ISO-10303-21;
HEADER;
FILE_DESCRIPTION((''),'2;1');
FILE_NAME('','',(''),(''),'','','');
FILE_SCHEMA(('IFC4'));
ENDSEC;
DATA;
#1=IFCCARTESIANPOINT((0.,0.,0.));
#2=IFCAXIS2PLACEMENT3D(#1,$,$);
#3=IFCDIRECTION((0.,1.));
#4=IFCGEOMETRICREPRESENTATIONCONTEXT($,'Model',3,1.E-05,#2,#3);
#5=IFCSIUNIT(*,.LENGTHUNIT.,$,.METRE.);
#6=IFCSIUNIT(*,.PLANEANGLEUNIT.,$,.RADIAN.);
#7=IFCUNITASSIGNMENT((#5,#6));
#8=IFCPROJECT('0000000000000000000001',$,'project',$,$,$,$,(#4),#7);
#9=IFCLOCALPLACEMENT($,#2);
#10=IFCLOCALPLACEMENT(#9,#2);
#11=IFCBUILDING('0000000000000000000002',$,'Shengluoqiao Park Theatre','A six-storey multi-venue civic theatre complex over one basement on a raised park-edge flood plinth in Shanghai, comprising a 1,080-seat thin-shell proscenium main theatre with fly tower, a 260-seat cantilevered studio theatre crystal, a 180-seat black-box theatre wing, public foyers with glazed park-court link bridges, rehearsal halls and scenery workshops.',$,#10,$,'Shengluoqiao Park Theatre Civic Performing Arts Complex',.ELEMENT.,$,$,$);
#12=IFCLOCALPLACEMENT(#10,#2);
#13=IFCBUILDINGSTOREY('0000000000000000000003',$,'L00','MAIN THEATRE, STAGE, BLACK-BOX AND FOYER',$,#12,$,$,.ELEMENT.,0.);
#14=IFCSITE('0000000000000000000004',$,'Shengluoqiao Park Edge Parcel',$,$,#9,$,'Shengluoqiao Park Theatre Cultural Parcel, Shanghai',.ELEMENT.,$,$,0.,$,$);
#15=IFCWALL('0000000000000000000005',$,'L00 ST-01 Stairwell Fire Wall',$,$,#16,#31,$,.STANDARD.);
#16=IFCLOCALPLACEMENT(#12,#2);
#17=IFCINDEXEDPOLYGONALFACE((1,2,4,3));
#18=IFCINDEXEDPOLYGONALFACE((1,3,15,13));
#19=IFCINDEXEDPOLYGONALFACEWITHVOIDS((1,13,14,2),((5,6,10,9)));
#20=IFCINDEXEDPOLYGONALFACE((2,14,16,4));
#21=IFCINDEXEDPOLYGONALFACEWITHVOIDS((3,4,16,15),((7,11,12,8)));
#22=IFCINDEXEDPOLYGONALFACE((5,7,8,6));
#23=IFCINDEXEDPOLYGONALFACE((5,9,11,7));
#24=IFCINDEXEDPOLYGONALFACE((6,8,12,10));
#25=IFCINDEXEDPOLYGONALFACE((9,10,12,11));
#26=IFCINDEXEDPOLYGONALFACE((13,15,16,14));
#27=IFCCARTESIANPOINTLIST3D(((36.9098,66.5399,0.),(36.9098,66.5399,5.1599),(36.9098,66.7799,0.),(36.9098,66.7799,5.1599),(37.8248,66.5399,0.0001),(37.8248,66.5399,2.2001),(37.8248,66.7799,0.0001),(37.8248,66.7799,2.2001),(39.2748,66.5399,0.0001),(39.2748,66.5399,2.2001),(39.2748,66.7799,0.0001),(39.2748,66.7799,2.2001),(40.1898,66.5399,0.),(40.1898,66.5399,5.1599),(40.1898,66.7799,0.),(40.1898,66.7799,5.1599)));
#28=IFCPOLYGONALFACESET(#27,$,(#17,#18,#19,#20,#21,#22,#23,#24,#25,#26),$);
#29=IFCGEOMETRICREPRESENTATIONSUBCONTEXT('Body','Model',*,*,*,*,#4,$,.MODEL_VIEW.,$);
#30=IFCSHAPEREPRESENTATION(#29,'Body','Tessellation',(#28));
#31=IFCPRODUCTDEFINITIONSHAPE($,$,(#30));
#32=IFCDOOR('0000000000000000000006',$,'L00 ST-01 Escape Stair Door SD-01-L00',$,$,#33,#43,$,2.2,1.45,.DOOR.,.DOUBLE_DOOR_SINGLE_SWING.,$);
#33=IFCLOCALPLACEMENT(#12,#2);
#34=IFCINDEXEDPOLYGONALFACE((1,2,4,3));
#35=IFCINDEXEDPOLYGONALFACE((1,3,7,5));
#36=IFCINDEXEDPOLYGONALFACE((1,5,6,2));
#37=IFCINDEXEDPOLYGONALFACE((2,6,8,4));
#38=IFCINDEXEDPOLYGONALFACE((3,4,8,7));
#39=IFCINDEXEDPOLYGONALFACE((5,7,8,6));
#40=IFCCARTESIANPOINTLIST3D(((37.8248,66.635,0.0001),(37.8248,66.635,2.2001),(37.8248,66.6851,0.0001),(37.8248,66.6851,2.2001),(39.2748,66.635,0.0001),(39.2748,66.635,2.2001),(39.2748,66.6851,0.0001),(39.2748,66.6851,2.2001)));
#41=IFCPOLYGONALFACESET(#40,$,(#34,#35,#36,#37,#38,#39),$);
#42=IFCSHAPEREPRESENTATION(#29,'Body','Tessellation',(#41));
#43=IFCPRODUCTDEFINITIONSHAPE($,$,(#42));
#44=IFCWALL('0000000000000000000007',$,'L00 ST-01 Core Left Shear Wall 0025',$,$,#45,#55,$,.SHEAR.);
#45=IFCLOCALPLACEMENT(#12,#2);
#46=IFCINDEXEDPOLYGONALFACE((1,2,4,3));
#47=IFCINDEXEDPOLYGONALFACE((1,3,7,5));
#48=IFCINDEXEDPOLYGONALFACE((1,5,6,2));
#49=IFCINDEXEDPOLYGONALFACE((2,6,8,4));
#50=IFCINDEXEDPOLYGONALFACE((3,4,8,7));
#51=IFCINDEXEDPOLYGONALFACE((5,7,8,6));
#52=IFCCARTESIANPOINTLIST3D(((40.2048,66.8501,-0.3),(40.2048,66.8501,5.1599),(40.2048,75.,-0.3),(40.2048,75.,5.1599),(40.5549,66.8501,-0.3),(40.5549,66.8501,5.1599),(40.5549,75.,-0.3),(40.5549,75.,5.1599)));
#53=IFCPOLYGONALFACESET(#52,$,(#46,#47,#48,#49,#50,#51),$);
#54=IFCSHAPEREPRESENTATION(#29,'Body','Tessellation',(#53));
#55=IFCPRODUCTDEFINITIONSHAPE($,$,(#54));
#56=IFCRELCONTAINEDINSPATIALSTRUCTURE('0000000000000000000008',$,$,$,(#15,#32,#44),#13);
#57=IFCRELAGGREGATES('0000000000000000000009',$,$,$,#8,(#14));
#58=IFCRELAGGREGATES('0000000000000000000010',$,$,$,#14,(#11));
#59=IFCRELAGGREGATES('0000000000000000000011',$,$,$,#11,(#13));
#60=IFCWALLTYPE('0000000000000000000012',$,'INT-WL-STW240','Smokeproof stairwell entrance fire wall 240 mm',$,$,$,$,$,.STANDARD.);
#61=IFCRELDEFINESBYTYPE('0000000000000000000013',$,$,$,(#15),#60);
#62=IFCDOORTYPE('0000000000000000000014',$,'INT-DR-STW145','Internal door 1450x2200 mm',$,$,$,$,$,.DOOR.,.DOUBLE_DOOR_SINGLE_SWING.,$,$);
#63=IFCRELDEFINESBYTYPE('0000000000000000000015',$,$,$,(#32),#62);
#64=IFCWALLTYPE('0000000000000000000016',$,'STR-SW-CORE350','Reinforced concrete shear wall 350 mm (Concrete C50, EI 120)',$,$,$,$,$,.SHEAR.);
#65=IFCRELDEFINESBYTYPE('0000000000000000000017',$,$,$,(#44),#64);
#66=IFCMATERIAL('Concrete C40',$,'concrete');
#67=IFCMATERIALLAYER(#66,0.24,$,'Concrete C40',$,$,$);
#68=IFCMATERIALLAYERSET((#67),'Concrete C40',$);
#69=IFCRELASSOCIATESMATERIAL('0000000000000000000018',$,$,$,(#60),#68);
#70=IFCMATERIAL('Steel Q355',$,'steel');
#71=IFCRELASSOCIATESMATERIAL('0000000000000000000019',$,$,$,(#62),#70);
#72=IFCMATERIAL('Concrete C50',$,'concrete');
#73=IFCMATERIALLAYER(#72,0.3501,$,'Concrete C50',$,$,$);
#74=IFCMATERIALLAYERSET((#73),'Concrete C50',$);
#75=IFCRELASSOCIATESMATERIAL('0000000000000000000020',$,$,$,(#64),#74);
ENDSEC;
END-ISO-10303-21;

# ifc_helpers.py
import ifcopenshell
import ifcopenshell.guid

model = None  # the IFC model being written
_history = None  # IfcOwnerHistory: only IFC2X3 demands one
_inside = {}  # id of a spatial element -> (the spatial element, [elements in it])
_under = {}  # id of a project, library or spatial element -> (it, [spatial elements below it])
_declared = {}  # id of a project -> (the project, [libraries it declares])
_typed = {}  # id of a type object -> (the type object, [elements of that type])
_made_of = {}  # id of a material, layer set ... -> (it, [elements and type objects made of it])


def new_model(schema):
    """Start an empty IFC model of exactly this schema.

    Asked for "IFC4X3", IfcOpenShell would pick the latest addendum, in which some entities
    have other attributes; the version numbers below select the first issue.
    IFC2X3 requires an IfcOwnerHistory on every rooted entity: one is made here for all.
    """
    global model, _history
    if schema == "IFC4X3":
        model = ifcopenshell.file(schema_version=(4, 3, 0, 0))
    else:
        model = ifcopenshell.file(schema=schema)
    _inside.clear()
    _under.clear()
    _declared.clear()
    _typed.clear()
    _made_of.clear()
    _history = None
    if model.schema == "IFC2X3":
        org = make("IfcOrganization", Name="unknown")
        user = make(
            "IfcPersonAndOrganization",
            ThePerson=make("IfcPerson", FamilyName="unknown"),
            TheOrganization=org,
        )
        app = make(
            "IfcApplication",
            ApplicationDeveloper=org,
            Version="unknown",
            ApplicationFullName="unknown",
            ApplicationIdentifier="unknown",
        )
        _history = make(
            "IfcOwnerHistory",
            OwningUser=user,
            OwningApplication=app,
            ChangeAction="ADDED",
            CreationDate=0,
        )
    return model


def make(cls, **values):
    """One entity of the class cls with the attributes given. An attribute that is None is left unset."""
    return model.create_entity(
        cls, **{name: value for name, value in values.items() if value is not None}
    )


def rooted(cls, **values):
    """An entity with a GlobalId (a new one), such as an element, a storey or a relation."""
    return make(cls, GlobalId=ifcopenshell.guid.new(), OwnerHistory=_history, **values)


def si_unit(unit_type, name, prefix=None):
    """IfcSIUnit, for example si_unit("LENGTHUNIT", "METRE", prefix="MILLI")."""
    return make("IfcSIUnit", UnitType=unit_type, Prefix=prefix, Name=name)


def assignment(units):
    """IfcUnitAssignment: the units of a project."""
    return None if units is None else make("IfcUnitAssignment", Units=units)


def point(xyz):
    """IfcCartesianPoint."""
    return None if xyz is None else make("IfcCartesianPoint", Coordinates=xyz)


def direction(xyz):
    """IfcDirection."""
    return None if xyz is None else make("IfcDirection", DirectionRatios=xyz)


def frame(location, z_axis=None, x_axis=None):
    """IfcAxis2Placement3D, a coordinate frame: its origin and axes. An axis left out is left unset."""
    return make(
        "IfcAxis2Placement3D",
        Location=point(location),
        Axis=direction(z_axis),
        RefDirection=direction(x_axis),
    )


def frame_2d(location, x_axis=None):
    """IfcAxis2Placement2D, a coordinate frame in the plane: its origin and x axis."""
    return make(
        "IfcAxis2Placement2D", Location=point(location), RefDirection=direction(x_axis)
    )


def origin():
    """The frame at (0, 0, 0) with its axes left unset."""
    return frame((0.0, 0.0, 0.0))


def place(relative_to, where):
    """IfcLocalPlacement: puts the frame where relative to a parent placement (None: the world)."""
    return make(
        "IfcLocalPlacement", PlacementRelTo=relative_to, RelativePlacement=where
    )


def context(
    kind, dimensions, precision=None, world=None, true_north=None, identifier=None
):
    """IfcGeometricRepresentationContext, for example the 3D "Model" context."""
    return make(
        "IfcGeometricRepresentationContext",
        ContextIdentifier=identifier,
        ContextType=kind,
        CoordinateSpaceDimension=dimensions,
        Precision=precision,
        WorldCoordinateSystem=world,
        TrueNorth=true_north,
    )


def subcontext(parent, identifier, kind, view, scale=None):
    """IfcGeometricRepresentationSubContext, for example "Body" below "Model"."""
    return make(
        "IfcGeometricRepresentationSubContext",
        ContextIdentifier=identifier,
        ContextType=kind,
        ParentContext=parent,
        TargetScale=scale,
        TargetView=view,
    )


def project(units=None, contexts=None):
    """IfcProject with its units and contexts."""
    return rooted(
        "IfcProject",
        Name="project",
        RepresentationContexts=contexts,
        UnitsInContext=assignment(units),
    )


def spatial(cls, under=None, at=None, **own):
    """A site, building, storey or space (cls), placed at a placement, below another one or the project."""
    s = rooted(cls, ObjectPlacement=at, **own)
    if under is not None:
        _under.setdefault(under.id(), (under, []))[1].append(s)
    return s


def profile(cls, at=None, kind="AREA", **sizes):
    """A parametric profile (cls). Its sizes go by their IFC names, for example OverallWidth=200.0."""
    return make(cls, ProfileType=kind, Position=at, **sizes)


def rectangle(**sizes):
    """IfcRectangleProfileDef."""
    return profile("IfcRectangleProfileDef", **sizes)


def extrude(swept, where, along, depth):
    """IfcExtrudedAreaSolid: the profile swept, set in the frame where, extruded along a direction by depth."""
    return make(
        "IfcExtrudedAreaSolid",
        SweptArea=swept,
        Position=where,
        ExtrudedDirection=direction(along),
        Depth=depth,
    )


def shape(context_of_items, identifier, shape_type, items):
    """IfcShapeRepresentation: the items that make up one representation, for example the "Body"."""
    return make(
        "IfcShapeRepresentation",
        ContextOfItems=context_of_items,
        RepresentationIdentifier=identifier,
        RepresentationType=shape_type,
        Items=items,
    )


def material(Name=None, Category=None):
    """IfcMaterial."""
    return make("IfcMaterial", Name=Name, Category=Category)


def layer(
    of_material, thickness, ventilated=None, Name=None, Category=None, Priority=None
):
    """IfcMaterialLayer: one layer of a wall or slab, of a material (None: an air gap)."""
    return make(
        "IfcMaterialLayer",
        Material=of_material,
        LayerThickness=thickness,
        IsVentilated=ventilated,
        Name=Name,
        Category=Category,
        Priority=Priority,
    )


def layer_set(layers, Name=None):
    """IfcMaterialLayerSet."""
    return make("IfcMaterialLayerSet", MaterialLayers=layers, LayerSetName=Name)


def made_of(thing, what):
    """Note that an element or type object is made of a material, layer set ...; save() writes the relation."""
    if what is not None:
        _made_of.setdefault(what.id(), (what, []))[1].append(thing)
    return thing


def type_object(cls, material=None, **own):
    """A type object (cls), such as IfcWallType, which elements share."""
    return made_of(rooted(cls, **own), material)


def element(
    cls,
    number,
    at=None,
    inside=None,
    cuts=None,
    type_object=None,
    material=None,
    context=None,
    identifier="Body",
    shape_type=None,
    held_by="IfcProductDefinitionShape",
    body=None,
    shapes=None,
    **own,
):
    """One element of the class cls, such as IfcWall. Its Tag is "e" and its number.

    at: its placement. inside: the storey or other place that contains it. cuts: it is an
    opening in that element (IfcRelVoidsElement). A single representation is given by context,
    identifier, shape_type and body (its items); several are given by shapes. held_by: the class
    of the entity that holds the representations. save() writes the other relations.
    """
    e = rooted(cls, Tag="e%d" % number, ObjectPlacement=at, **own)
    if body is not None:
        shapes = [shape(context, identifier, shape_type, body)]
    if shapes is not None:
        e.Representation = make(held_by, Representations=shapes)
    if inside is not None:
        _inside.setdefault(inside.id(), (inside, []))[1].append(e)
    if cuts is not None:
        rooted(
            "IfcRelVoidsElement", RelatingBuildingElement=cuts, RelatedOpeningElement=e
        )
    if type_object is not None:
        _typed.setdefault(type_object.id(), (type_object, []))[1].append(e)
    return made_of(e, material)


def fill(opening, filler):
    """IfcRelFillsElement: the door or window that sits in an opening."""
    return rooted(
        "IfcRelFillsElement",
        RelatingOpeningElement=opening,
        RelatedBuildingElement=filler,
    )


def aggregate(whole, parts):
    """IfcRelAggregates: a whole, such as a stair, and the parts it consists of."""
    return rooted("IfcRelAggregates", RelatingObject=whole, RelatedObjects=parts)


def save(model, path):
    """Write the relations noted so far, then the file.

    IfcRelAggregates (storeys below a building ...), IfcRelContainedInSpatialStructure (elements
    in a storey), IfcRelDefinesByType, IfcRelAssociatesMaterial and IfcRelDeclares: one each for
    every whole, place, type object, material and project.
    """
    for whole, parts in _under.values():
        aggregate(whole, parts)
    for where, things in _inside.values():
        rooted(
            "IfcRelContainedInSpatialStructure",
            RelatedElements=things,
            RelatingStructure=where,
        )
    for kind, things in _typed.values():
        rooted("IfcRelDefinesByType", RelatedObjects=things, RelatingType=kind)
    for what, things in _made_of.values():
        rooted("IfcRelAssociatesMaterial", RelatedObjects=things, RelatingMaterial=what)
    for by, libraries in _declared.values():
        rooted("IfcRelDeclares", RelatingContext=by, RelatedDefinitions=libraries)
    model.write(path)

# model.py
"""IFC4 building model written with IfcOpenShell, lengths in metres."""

from ifc_helpers import new_model, si_unit, direction, frame, frame_2d, origin, place, context, subcontext, project, spatial, rectangle, extrude, material, layer, layer_set, type_object, element, fill, save


model = new_model("IFC4")

# Units and contexts
model_context = context("Model", 3, precision=1e-05, world=origin(), true_north=direction((0.0, 1.0)))
body_context = subcontext(model_context, "Body", "Model", "MODEL_VIEW")
ifc_project = project(units=[si_unit("LENGTHUNIT", "METRE"), si_unit("PLANEANGLEUNIT", "RADIAN")], contexts=[model_context])

# Site, building, storey
site_placement = place(None, origin())
site = spatial("IfcSite", under=ifc_project, at=site_placement, Name="Shengluoqiao Park Edge Parcel", LongName="Shengluoqiao Park Theatre Cultural Parcel, Shanghai", CompositionType="ELEMENT", RefElevation=0.0)
building_placement = place(site_placement, origin())
building = spatial("IfcBuilding", under=site, at=building_placement, Name="Shengluoqiao Park Theatre", Description="A six-storey multi-venue civic theatre complex over one basement on a raised park-edge flood plinth in Shanghai, comprising a 1,080-seat thin-shell proscenium main theatre with fly tower, a 260-seat cantilevered studio theatre crystal, a 180-seat black-box theatre wing, public foyers with glazed park-court link bridges, rehearsal halls and scenery workshops.", LongName="Shengluoqiao Park Theatre Civic Performing Arts Complex", CompositionType="ELEMENT")
storey_placement = place(building_placement, origin())
storey = spatial("IfcBuildingStorey", under=building, at=storey_placement, Name="L00", Description="MAIN THEATRE, STAGE, BLACK-BOX AND FOYER", CompositionType="ELEMENT", Elevation=0.0)

# Shared definitions
ifc_material_1 = material(Name="Concrete C40", Category="concrete")

# Shared definitions
ifc_material_2 = material(Name="Concrete C50", Category="concrete")

# Wall, opening, door
ifc_layer_1 = layer(ifc_material_1, 0.24, Name="Concrete C40")
ifc_layer_set_1 = layer_set([ifc_layer_1], Name="Concrete C40")
wall_type_1 = type_object("IfcWallType", Name="INT-WL-STW240", Description="Smokeproof stairwell entrance fire wall 240 mm", PredefinedType="STANDARD", material=ifc_layer_set_1)
wall_1_placement = place(storey_placement, frame((40.1899, 66.6599, 0.0), z_axis=(0.0, 0.0, 1.0), x_axis=(-1.0, 0.0, 0.0)))
wall_1 = element("IfcWall", 1, at=wall_1_placement, inside=storey, type_object=wall_type_1, Name="L00 ST-01 Stairwell Fire Wall", PredefinedType="STANDARD", context=body_context, shape_type="SweptSolid", body=[
    extrude(rectangle(XDim=3.28, YDim=0.24, at=frame_2d((1.6401, 0.0))), origin(), (0.0, 0.0, 1.0), 5.1599),
])
opening_placement = place(wall_1_placement, frame((0.915, 0.0, 0.0)))
opening = element("IfcOpeningElement", 2, at=opening_placement, cuts=wall_1, PredefinedType="OPENING", context=body_context, shape_type="SweptSolid", body=[
    extrude(rectangle(XDim=1.45, YDim=2.2, at=frame_2d((0.7251, 1.1001))), frame((0.0, 0.1299, 0.0), z_axis=(0.0, -1.0, 0.0), x_axis=(1.0, 0.0, 0.0)), (0.0, 0.0, 1.0), 0.26),
])
ifc_material_3 = material(Name="Steel Q355", Category="steel")
door_type = type_object("IfcDoorType", Name="INT-DR-STW145", Description="Internal door 1450x2200 mm", OperationType="DOUBLE_DOOR_SINGLE_SWING", PredefinedType="DOOR", material=ifc_material_3)
door_placement = place(opening_placement, origin())
door = element("IfcDoor", 3, at=door_placement, inside=storey, type_object=door_type, Name="L00 ST-01 Escape Stair Door SD-01-L00", OperationType="DOUBLE_DOOR_SINGLE_SWING", OverallHeight=2.2, OverallWidth=1.45, PredefinedType="DOOR", context=body_context, shape_type="SweptSolid", body=[
    extrude(rectangle(XDim=1.45, YDim=2.2, at=frame_2d((0.7251, 1.1001))), frame((0.0, 0.0249, 0.0), z_axis=(0.0, -1.0, 0.0), x_axis=(1.0, 0.0, 0.0)), (0.0, 0.0, 1.0), 0.05),
])
fill(opening, door)

# Wall
ifc_layer_2 = layer(ifc_material_2, 0.3501, Name="Concrete C50")
ifc_layer_set_2 = layer_set([ifc_layer_2], Name="Concrete C50")
wall_type_2 = type_object("IfcWallType", Name="STR-SW-CORE350", Description="Reinforced concrete shear wall 350 mm (Concrete C50, EI 120)", PredefinedType="SHEAR", material=ifc_layer_set_2)
wall_2_placement = place(storey_placement, frame((40.3799, 66.8501, -0.3), z_axis=(0.0, 0.0, 1.0), x_axis=(0.0, 1.0, 0.0)))
element("IfcWall", 4, at=wall_2_placement, inside=storey, type_object=wall_type_2, Name="L00 ST-01 Core Left Shear Wall 0025", PredefinedType="SHEAR", context=body_context, shape_type="SweptSolid", body=[
    extrude(rectangle(XDim=8.1499, YDim=0.3501, at=frame_2d((4.075, 0.0))), origin(), (0.0, 0.0, 1.0), 5.46),
])

save(model, "model.ifc")
